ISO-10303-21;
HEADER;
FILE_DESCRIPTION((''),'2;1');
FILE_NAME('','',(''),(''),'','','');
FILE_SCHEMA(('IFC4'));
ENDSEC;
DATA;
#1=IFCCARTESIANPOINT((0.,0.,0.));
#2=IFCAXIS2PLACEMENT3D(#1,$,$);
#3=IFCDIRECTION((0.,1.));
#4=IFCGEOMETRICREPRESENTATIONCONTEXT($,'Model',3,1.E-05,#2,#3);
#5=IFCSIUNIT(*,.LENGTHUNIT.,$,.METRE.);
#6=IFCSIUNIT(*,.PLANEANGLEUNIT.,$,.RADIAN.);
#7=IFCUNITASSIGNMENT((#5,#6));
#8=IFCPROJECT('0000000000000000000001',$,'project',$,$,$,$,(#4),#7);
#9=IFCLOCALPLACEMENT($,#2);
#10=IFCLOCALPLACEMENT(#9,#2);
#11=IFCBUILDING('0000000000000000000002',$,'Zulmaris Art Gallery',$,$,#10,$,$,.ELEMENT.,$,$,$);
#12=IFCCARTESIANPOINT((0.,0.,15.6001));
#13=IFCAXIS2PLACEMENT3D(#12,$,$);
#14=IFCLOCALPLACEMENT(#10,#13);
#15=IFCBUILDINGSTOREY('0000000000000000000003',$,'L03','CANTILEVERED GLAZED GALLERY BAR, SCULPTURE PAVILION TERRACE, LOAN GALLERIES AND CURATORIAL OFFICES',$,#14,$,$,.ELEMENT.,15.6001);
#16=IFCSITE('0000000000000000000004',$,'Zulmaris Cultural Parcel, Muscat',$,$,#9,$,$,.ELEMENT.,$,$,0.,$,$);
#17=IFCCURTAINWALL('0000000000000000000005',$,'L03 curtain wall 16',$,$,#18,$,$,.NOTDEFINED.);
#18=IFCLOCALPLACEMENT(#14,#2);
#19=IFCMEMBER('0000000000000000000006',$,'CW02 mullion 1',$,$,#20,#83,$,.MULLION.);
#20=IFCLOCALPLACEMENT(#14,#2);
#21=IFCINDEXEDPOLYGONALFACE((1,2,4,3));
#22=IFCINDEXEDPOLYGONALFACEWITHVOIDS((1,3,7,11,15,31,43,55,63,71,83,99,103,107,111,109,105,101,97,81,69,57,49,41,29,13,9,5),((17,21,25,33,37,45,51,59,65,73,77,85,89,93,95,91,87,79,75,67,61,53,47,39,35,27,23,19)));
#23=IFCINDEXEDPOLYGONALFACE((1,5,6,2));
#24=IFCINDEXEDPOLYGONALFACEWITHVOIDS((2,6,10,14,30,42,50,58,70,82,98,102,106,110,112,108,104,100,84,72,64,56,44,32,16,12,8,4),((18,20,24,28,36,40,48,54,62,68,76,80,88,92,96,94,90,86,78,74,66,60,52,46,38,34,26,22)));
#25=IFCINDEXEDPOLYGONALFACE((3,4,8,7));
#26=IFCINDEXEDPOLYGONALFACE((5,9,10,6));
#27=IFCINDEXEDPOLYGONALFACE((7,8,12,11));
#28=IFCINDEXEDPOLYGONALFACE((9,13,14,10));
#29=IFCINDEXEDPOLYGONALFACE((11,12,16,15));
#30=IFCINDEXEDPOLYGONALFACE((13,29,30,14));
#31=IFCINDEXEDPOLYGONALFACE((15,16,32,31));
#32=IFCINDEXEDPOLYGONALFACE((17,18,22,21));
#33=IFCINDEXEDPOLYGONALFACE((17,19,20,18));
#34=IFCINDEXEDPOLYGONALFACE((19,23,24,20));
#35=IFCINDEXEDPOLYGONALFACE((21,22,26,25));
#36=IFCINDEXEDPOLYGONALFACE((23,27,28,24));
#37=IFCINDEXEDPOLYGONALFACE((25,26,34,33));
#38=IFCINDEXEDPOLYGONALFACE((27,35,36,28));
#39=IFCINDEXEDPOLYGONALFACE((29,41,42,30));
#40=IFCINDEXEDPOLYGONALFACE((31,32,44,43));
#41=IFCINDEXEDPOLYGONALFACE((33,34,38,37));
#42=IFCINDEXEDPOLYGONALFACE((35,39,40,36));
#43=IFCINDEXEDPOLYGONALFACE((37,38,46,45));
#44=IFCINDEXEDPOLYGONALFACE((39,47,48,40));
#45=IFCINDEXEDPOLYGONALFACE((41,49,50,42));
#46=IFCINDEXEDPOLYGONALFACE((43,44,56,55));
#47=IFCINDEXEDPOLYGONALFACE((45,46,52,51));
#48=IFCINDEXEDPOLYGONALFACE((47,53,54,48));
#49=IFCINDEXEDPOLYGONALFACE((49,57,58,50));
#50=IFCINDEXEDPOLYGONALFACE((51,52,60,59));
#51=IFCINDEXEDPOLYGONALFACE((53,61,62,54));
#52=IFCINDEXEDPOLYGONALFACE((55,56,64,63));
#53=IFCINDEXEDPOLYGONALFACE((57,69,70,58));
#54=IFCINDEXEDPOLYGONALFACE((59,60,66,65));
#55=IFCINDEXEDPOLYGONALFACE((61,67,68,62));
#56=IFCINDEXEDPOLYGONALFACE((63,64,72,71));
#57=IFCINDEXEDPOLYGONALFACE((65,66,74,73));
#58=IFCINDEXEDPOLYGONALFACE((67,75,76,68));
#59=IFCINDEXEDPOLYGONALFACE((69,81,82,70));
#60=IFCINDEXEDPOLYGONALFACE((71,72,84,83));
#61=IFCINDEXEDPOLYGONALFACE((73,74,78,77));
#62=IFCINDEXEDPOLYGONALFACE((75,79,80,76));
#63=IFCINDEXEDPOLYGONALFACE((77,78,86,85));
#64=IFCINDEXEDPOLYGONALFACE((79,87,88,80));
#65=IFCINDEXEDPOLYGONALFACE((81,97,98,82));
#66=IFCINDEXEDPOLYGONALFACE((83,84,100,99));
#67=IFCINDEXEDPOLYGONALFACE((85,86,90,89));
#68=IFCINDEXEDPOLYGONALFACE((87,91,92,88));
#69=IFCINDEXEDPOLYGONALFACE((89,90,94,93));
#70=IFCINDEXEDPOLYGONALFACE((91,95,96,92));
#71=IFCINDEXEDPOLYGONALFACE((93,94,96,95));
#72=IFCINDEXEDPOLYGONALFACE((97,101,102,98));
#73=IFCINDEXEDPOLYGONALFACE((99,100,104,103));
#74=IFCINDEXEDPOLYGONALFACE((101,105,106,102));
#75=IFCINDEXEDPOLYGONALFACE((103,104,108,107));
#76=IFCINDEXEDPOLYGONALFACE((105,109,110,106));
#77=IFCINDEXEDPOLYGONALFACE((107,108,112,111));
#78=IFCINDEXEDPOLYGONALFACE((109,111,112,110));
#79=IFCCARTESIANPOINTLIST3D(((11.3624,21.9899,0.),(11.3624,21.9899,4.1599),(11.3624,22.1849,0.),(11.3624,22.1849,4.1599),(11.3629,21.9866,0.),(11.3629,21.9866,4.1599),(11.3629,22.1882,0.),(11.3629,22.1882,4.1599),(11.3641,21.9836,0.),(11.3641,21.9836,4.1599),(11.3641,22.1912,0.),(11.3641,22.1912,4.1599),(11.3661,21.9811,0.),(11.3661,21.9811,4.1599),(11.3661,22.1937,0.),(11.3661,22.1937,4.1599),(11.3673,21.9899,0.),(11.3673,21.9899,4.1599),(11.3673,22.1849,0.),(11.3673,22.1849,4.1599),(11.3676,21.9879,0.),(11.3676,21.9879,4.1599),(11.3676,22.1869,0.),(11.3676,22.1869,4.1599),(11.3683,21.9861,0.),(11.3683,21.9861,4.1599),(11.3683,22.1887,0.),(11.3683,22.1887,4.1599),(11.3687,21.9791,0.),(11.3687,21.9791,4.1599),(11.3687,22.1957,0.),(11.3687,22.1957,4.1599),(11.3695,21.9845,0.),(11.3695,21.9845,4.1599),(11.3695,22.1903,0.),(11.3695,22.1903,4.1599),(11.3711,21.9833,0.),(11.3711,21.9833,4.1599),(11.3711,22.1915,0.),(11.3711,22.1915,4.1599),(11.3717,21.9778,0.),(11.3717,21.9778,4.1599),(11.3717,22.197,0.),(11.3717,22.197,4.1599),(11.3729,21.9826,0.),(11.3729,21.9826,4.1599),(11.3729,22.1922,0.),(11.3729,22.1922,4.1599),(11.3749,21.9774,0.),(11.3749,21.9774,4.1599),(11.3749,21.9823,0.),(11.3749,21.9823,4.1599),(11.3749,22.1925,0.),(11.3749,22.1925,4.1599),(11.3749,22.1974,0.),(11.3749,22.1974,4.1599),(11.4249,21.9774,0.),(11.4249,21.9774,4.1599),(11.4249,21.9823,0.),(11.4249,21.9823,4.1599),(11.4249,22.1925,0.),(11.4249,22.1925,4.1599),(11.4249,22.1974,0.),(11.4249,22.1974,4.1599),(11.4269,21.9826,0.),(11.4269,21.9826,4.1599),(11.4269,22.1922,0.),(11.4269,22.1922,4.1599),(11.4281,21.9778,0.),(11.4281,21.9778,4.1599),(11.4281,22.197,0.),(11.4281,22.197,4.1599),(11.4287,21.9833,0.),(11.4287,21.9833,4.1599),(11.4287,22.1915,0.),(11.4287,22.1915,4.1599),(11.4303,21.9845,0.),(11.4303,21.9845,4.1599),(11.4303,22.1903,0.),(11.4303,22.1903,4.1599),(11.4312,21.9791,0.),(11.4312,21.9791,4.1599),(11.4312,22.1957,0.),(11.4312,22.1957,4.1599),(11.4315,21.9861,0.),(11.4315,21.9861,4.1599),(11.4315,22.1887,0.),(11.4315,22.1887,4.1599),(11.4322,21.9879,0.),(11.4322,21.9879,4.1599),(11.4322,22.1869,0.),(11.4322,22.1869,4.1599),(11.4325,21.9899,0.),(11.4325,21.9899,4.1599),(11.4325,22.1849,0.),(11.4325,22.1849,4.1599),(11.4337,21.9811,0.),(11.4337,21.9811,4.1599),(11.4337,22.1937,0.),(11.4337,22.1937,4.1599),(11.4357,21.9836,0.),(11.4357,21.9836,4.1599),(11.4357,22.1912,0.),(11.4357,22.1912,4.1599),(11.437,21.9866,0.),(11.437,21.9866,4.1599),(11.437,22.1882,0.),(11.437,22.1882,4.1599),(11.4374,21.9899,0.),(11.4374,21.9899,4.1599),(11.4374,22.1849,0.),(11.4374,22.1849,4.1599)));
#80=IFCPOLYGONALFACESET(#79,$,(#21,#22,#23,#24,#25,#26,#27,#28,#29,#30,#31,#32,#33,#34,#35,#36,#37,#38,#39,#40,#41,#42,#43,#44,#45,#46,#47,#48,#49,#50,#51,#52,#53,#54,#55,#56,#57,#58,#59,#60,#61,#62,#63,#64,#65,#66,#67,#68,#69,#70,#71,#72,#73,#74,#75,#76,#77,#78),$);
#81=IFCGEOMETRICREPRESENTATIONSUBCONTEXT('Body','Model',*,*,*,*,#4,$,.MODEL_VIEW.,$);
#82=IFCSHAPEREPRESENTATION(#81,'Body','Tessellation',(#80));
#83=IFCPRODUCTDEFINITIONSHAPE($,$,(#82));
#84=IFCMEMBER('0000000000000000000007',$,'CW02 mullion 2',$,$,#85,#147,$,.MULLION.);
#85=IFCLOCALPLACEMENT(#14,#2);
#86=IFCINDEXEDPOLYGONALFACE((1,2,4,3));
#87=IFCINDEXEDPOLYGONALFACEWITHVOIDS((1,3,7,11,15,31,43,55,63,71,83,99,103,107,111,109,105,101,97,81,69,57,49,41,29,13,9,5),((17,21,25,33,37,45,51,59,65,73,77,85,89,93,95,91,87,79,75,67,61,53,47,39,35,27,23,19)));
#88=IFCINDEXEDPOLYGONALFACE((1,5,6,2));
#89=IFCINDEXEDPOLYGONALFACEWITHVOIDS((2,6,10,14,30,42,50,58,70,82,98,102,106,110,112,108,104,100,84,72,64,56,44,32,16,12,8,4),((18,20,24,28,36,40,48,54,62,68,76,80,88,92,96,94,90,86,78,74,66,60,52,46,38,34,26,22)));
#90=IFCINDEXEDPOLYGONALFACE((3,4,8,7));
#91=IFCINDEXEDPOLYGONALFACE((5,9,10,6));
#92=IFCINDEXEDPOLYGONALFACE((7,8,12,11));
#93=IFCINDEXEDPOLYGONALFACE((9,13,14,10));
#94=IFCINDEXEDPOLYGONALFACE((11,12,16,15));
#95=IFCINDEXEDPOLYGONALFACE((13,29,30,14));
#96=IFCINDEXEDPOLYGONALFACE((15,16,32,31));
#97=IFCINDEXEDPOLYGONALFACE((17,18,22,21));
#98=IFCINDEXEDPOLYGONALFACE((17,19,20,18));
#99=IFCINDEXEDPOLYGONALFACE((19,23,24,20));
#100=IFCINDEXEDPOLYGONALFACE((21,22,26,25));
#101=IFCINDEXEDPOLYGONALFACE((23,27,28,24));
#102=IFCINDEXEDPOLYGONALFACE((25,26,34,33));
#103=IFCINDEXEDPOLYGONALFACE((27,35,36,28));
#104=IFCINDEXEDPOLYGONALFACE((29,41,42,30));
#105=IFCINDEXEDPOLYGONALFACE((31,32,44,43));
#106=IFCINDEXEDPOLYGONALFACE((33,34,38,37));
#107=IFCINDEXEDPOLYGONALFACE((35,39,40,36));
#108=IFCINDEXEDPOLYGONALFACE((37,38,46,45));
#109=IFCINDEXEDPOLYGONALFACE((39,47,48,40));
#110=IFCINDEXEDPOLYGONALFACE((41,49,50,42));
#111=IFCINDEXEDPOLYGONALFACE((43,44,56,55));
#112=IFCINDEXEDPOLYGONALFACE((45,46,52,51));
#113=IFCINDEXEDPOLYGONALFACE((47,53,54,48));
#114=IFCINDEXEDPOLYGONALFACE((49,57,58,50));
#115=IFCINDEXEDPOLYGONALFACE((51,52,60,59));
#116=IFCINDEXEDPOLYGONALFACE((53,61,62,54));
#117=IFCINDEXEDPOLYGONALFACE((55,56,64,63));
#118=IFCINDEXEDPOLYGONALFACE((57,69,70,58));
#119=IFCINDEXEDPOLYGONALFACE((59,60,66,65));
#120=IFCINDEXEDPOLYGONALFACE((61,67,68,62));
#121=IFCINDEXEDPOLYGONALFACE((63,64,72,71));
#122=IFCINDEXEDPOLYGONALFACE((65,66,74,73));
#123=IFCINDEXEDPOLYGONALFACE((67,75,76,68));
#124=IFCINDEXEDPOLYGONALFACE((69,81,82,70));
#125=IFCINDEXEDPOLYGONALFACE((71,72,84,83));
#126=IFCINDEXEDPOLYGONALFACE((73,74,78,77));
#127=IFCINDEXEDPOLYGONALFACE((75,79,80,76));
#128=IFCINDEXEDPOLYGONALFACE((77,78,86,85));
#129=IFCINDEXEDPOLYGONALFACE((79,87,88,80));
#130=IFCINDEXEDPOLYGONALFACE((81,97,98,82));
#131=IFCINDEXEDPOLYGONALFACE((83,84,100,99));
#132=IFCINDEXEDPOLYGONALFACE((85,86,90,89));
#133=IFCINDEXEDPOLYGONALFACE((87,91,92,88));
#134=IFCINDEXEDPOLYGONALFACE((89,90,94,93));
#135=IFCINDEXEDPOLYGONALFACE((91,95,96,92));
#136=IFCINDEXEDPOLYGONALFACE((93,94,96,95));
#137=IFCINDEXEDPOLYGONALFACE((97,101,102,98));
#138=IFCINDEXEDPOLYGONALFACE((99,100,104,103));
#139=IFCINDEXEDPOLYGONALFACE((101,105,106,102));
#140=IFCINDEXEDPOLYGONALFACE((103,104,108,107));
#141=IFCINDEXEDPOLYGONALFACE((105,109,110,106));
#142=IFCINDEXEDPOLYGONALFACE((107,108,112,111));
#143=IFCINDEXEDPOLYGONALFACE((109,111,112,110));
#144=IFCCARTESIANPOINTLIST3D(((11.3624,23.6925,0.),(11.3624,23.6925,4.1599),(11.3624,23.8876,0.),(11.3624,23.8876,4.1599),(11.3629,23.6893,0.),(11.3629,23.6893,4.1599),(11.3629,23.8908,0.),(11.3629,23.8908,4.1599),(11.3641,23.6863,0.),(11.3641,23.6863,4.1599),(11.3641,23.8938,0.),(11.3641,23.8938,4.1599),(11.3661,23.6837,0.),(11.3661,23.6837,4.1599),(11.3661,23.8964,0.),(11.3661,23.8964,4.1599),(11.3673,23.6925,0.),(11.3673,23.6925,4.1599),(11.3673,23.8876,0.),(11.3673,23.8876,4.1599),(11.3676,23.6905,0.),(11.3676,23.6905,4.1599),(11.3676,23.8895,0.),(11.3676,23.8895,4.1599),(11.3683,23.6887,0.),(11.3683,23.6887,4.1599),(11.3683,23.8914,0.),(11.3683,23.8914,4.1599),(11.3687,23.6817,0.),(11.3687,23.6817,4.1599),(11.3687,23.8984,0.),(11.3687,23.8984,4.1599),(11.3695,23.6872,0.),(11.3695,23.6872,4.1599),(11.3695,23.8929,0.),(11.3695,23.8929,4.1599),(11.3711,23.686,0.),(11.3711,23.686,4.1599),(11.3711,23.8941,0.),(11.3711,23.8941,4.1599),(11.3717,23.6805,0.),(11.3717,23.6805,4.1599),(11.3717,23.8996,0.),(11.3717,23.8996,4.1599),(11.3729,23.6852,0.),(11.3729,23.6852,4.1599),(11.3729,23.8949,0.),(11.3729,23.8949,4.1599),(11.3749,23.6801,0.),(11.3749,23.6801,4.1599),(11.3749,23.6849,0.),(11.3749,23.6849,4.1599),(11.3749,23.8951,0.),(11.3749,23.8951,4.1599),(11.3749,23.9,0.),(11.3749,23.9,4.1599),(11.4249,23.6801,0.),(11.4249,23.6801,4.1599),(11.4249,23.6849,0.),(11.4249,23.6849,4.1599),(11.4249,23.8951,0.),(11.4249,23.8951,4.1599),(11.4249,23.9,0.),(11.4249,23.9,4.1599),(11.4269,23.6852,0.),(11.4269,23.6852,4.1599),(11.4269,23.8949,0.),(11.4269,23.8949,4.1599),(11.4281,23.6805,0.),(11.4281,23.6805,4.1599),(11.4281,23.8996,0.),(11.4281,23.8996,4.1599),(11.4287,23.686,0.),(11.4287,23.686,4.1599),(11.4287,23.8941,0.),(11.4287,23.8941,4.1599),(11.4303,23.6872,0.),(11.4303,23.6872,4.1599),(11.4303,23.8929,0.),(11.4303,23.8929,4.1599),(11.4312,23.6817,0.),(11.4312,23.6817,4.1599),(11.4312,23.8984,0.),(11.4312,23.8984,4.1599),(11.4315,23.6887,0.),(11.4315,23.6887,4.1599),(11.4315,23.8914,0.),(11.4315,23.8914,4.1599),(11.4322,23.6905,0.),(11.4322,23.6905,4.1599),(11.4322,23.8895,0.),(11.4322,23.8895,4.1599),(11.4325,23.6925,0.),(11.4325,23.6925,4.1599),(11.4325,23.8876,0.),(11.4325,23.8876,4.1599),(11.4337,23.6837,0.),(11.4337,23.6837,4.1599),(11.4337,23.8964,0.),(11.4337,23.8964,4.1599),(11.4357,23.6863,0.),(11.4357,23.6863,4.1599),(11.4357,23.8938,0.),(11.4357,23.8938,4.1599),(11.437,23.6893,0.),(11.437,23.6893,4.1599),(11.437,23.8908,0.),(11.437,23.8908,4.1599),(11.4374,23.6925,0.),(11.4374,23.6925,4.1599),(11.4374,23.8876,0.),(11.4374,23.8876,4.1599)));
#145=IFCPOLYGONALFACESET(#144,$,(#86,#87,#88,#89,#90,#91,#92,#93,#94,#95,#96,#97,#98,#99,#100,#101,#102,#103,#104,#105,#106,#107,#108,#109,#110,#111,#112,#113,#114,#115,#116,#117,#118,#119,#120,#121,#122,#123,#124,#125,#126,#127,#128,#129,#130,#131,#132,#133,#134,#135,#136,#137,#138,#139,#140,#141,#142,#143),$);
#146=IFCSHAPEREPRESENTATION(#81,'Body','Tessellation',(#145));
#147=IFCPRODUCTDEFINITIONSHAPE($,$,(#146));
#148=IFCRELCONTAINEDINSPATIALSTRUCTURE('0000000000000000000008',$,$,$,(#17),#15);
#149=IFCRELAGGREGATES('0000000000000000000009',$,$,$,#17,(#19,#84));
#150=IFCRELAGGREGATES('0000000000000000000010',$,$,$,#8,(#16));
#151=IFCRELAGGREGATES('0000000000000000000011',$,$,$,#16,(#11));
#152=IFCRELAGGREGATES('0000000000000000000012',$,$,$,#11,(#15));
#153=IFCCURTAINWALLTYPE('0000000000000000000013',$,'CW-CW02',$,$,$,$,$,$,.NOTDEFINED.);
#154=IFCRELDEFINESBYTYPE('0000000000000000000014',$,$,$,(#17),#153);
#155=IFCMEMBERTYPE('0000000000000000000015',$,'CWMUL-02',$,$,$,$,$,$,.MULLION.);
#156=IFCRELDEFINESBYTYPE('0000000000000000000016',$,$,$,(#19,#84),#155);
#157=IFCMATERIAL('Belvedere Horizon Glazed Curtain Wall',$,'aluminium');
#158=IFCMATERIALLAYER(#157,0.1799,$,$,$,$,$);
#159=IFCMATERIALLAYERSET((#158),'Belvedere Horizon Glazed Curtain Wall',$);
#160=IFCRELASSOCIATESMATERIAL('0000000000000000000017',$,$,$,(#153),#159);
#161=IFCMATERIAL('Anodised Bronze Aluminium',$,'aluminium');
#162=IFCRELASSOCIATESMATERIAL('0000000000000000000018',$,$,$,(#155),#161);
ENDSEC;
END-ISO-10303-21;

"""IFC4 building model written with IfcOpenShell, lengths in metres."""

from ifc_helpers import new_model, si_unit, direction, frame, origin, origin_2d, place, context, subcontext, project, spatial, hollow_rectangle, extrude, material, layer, layer_set, material_profile, profile_set, type_object, element, aggregate, save


model = new_model("IFC4")

# Units and contexts
model_context = context("Model", 3, precision=1e-05, world=origin(), true_north=direction((0.0, 1.0)))
body_context = subcontext(model_context, "Body", "Model", "MODEL_VIEW")
ifc_project = project(units=[si_unit("LENGTHUNIT", "METRE"), si_unit("PLANEANGLEUNIT", "RADIAN")], contexts=[model_context])

# Site, building, storey
site_placement = place(None, origin())
site = spatial("IfcSite", under=ifc_project, at=site_placement, Name="Zulmaris Cultural Parcel, Muscat", CompositionType="ELEMENT", RefElevation=0.0)
building_placement = place(site_placement, origin())
building = spatial("IfcBuilding", under=site, at=building_placement, Name="Zulmaris Art Gallery", CompositionType="ELEMENT")
storey_placement = place(building_placement, frame((0.0, 0.0, 15.6001)))
storey = spatial("IfcBuildingStorey", under=building, at=storey_placement, Name="L03", Description="CANTILEVERED GLAZED GALLERY BAR, SCULPTURE PAVILION TERRACE, LOAN GALLERIES AND CURATORIAL OFFICES", CompositionType="ELEMENT", Elevation=15.6001)

# Curtain wall, members
ifc_material_1 = material(Name="Belvedere Horizon Glazed Curtain Wall", Category="aluminium")
ifc_layer_1 = layer(ifc_material_1, 0.1799)
ifc_layer_set_1 = layer_set([ifc_layer_1], Name="Belvedere Horizon Glazed Curtain Wall")
curtain_wall_type_1 = type_object("IfcCurtainWallType", Name="CW-CW02", PredefinedType="NOTDEFINED", material=ifc_layer_set_1)
curtain_wall_1_placement = place(storey_placement, origin())
curtain_wall_1 = element("IfcCurtainWall", 1, at=curtain_wall_1_placement, inside=storey, type_object=curtain_wall_type_1, Name="L03 curtain wall 16", PredefinedType="NOTDEFINED")
ifc_material_2 = material(Name="Anodised Bronze Aluminium", Category="aluminium")
ifc_material_profile_1 = material_profile(ifc_material_2, hollow_rectangle(XDim=0.075, YDim=0.22, WallThickness=0.0049, InnerFilletRadius=0.0076, OuterFilletRadius=0.0125, at=origin_2d()), Name="ALU 75x220x5")
ifc_profile_set_1 = profile_set([ifc_material_profile_1], Name="Anodised Bronze Aluminium")
member_type_1 = type_object("IfcMemberType", Name="CWMUL-02", PredefinedType="MULLION", material=ifc_profile_set_1)
member_1_placement = place(storey_placement, frame((11.3999, 22.0874, 0.0), z_axis=(0.0, 0.0, 1.0), x_axis=(-1.0, 0.0, 0.0)))
member_1 = element("IfcMember", 2, at=member_1_placement, type_object=member_type_1, Name="CW02 mullion 1", PredefinedType="MULLION", context=body_context, shape_type="SweptSolid", body=[
    extrude(hollow_rectangle(XDim=0.075, YDim=0.22, WallThickness=0.0049, InnerFilletRadius=0.0076, OuterFilletRadius=0.0125, at=origin_2d()), origin(), (0.0, 0.0, 1.0), 4.1599),
])
member_2_placement = place(storey_placement, frame((11.3999, 23.79, 0.0), z_axis=(0.0, 0.0, 1.0), x_axis=(-1.0, 0.0, 0.0)))
member_2 = element("IfcMember", 3, at=member_2_placement, type_object=member_type_1, Name="CW02 mullion 2", PredefinedType="MULLION", context=body_context, shape_type="SweptSolid", body=[
    extrude(hollow_rectangle(XDim=0.075, YDim=0.22, WallThickness=0.0049, InnerFilletRadius=0.0076, OuterFilletRadius=0.0125, at=origin_2d()), origin(), (0.0, 0.0, 1.0), 4.1599),
])

aggregate(curtain_wall_1, [member_1, member_2])

save(model, "model.ifc")
